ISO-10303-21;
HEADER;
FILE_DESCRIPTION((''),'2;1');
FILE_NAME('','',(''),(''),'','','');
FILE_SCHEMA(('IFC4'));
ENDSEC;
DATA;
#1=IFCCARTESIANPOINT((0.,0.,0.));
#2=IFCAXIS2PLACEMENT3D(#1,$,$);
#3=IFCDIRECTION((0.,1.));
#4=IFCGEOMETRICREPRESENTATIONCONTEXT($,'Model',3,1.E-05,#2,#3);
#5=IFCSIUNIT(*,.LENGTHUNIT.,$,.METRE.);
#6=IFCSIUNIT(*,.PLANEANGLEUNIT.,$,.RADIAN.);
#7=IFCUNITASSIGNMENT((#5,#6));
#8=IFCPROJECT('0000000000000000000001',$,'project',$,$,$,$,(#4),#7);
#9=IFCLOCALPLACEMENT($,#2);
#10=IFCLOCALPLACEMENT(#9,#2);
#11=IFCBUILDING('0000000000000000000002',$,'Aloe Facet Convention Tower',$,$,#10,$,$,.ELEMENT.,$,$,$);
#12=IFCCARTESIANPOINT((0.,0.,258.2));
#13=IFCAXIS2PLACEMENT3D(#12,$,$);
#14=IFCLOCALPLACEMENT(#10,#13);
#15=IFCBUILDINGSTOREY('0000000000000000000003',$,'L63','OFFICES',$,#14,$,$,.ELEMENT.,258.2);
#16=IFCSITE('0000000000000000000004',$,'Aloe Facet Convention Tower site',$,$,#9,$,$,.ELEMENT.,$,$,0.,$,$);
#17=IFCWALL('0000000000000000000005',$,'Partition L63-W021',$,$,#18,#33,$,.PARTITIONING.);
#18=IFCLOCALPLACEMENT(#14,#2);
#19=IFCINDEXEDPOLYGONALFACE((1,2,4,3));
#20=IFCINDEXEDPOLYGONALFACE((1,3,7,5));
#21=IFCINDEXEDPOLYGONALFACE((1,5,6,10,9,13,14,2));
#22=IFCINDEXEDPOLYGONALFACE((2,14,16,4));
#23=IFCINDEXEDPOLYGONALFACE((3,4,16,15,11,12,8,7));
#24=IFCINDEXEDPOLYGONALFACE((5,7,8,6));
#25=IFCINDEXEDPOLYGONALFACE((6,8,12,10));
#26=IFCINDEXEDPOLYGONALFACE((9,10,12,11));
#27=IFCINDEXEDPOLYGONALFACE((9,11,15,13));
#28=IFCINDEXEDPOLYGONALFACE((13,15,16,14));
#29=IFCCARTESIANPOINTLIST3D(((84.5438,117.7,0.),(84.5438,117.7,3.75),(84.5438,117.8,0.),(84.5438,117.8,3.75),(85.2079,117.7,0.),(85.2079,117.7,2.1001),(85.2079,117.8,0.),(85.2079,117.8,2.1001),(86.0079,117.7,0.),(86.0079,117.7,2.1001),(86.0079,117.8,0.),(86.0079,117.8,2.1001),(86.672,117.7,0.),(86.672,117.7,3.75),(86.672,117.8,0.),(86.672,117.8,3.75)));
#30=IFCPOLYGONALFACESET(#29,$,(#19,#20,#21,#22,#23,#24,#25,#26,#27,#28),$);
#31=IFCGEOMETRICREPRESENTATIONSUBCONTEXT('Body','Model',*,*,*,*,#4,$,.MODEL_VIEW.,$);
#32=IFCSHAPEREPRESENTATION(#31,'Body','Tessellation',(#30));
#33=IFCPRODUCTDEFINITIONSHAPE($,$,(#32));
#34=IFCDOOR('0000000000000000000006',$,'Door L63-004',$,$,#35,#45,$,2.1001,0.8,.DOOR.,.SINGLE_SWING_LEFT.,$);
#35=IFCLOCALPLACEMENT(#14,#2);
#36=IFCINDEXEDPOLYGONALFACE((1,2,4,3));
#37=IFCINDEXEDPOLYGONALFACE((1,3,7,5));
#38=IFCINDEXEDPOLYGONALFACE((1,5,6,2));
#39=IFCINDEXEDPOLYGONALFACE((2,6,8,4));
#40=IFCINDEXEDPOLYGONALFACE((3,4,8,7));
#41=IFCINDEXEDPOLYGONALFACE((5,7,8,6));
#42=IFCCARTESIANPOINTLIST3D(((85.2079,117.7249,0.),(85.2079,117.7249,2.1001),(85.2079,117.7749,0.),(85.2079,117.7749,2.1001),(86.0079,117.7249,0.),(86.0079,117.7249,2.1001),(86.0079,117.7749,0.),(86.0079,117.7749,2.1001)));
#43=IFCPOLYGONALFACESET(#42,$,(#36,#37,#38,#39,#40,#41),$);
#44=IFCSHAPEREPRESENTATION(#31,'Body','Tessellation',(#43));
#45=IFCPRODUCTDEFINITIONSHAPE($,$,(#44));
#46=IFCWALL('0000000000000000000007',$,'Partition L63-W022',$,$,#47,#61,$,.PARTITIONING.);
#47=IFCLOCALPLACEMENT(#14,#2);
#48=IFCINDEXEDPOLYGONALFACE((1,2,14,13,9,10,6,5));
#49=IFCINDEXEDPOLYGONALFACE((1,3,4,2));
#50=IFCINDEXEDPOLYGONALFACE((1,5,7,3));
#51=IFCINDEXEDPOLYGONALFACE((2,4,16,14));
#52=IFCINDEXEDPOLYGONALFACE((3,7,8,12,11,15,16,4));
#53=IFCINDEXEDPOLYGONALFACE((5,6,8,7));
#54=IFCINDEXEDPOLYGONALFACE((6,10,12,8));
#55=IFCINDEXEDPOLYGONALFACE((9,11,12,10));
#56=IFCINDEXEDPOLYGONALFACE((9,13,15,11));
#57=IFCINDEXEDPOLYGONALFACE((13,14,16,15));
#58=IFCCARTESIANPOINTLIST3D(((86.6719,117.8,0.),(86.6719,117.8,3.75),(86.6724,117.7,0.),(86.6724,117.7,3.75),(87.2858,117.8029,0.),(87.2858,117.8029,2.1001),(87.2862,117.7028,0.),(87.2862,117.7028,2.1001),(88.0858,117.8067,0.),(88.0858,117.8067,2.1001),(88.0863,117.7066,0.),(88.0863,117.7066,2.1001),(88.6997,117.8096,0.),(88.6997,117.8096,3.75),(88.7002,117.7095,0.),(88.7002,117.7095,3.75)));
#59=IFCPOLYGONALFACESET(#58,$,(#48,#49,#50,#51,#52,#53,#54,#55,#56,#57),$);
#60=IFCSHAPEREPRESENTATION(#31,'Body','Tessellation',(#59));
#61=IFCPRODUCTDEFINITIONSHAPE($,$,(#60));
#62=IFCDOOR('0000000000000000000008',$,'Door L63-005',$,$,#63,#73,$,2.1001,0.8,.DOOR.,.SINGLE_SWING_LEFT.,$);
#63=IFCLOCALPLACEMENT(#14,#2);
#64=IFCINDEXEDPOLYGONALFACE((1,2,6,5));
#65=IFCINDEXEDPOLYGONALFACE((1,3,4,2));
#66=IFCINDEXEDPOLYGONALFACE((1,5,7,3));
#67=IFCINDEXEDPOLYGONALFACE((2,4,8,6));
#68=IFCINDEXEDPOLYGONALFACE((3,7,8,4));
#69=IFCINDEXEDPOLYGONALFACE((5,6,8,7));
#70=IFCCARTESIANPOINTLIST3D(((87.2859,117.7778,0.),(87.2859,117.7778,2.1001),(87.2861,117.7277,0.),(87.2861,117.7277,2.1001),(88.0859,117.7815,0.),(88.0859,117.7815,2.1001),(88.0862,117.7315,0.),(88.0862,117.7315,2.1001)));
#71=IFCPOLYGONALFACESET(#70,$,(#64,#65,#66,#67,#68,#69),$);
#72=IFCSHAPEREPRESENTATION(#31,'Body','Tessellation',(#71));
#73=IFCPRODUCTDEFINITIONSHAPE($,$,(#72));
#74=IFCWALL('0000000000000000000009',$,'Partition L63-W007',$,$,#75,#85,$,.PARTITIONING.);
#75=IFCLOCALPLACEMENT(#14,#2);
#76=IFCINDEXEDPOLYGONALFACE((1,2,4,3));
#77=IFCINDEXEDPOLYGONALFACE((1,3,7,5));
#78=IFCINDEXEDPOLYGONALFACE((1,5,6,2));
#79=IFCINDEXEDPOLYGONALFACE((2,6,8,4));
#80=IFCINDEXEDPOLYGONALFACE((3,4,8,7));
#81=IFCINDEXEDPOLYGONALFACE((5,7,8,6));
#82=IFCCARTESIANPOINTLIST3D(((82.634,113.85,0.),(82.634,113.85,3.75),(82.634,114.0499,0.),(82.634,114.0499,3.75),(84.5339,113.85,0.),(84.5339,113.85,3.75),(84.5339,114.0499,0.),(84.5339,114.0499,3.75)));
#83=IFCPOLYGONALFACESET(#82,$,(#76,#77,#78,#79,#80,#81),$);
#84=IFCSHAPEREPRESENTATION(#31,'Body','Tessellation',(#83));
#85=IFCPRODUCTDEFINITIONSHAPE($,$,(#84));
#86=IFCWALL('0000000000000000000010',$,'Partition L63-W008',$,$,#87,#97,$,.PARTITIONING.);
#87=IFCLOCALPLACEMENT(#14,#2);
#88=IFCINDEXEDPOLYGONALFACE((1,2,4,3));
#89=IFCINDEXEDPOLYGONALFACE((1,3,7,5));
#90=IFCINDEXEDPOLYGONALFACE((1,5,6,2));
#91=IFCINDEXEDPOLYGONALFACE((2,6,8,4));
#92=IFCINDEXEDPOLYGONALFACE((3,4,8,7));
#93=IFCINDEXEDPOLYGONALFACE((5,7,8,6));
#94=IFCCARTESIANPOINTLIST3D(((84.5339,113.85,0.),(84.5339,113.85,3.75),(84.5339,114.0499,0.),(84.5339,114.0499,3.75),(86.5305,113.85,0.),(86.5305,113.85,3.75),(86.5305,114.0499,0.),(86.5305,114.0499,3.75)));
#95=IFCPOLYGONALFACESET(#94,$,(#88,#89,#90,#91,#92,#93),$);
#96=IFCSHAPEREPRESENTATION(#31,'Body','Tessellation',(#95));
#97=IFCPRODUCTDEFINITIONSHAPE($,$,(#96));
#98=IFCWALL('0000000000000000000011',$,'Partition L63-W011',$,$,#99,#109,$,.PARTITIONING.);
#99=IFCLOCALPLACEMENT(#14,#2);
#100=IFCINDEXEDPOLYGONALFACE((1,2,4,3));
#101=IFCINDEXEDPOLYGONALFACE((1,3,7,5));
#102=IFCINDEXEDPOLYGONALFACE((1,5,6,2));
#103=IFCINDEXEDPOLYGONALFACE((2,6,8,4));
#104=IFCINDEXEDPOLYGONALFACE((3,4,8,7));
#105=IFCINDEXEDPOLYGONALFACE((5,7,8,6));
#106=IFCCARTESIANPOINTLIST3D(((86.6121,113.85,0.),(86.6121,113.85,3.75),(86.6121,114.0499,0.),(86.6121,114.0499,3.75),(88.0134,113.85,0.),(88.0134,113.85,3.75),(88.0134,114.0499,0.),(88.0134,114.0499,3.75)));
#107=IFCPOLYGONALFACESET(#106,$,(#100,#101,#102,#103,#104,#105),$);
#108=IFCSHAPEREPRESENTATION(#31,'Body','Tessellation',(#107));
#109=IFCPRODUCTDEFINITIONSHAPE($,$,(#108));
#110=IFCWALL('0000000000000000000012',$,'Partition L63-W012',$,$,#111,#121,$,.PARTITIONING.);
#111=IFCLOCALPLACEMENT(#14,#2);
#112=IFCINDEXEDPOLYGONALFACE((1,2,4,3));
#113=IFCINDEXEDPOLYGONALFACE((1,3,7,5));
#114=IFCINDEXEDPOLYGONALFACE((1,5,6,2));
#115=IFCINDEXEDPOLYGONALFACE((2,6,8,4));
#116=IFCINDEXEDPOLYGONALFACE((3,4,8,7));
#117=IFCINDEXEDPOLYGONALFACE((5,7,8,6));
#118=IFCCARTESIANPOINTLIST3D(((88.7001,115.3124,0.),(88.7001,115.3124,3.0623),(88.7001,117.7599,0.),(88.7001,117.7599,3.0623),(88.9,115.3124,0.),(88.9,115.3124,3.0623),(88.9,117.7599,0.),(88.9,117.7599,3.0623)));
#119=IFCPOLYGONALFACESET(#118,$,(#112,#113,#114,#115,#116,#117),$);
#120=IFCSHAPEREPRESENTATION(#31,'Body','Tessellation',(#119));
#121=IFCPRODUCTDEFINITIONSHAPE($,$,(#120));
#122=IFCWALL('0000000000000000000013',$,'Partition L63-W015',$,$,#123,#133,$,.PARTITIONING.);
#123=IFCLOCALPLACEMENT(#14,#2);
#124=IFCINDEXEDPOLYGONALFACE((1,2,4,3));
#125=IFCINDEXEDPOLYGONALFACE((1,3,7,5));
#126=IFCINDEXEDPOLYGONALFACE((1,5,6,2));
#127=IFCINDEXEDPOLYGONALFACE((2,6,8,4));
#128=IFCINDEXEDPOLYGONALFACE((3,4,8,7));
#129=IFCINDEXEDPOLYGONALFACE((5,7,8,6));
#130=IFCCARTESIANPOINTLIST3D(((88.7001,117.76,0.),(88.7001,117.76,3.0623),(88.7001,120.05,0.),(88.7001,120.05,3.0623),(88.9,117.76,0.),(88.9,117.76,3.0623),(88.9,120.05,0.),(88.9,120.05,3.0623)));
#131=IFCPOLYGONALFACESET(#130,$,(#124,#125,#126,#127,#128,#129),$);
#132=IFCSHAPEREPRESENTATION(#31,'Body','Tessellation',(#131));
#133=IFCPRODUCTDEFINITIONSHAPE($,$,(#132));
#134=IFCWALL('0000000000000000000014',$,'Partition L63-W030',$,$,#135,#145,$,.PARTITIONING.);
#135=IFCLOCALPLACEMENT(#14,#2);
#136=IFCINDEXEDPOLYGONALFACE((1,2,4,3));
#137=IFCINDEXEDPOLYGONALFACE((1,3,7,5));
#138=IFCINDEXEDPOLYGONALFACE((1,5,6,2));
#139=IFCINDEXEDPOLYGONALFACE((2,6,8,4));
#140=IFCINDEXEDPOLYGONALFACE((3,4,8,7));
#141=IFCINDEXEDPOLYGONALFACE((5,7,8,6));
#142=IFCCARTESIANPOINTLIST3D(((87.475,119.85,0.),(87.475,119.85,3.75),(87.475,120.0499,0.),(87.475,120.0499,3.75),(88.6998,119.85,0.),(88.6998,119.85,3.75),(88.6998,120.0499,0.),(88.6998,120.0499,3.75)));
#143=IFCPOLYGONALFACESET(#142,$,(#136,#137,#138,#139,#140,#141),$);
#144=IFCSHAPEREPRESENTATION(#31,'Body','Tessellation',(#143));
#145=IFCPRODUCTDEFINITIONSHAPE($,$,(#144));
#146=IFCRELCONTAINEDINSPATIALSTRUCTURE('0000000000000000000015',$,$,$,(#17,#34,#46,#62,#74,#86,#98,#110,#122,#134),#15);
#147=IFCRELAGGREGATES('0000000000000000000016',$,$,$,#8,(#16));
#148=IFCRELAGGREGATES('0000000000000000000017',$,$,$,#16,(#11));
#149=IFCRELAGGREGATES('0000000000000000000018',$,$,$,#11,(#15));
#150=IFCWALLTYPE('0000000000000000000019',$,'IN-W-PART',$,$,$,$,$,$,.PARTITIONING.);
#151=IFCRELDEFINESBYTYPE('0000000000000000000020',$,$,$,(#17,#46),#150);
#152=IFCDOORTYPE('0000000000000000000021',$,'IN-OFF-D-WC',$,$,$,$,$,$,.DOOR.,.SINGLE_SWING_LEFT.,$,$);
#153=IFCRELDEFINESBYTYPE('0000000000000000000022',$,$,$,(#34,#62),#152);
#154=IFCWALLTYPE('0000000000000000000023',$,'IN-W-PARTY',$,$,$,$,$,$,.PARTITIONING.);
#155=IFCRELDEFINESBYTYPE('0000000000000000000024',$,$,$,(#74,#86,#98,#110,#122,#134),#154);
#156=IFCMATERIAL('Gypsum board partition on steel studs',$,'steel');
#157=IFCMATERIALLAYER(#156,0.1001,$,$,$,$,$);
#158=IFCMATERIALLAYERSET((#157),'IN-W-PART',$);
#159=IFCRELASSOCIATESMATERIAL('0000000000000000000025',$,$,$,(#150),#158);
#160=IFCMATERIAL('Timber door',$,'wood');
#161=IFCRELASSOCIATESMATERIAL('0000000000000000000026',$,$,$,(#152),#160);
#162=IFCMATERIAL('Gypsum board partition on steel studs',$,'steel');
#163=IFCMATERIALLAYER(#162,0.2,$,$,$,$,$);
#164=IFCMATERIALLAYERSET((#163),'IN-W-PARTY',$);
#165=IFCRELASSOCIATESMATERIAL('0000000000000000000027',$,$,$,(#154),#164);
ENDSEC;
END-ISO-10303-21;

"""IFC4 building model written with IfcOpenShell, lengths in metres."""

from ifc_helpers import new_model, si_unit, direction, frame, frame_2d, origin, place, context, subcontext, project, spatial, rectangle, extrude, material, layer, layer_set, type_object, element, fill, save


model = new_model("IFC4")

# Units and contexts
model_context = context("Model", 3, precision=1e-05, world=origin(), true_north=direction((0.0, 1.0)))
body_context = subcontext(model_context, "Body", "Model", "MODEL_VIEW")
ifc_project = project(units=[si_unit("LENGTHUNIT", "METRE"), si_unit("PLANEANGLEUNIT", "RADIAN")], contexts=[model_context])

# Site, building, storey
site_placement = place(None, origin())
site = spatial("IfcSite", under=ifc_project, at=site_placement, Name="Aloe Facet Convention Tower site", CompositionType="ELEMENT", RefElevation=0.0)
building_placement = place(site_placement, origin())
building = spatial("IfcBuilding", under=site, at=building_placement, Name="Aloe Facet Convention Tower", CompositionType="ELEMENT")
storey_placement = place(building_placement, frame((0.0, 0.0, 258.2)))
storey = spatial("IfcBuildingStorey", under=building, at=storey_placement, Name="L63", Description="OFFICES", CompositionType="ELEMENT", Elevation=258.2)

# Shared definitions
ifc_material_1 = material(Name="Gypsum board partition on steel studs", Category="steel")
ifc_layer_1 = layer(ifc_material_1, 0.1001)
ifc_layer_set_1 = layer_set([ifc_layer_1], Name="IN-W-PART")
wall_type_1 = type_object("IfcWallType", Name="IN-W-PART", PredefinedType="PARTITIONING", material=ifc_layer_set_1)

# Walls, openings, doors
wall_1_placement = place(storey_placement, frame((84.5439, 117.75, 0.0), z_axis=(0.0, 0.0, 1.0), x_axis=(1.0, 0.0, 0.0)))
wall_1 = element("IfcWall", 1, at=wall_1_placement, inside=storey, type_object=wall_type_1, Name="Partition L63-W021", PredefinedType="PARTITIONING", context=body_context, shape_type="SweptSolid", body=[
    extrude(rectangle(XDim=2.1282, YDim=0.1001, at=frame_2d((1.064, 0.0))), origin(), (0.0, 0.0, 1.0), 3.75),
])
opening_1_placement = place(wall_1_placement, frame((0.6641, 0.0, 0.0)))
opening_1 = element("IfcOpeningElement", 2, at=opening_1_placement, cuts=wall_1, PredefinedType="OPENING", context=body_context, shape_type="SweptSolid", body=[
    extrude(rectangle(XDim=0.8, YDim=2.1001, at=frame_2d((0.3999, 1.05))), frame((0.0, 0.0601, 0.0), z_axis=(0.0, -1.0, 0.0), x_axis=(1.0, 0.0, 0.0)), (0.0, 0.0, 1.0), 0.1201),
])
ifc_material_2 = material(Name="Timber door", Category="wood")
door_type_1 = type_object("IfcDoorType", Name="IN-OFF-D-WC", OperationType="SINGLE_SWING_LEFT", PredefinedType="DOOR", material=ifc_material_2)
door_1_placement = place(opening_1_placement, origin())
door_1 = element("IfcDoor", 3, at=door_1_placement, inside=storey, type_object=door_type_1, Name="Door L63-004", OperationType="SINGLE_SWING_LEFT", OverallHeight=2.1001, OverallWidth=0.8, PredefinedType="DOOR", context=body_context, shape_type="SweptSolid", body=[
    extrude(rectangle(XDim=0.8, YDim=2.1001, at=frame_2d((0.3999, 1.05))), frame((0.0, 0.0249, 0.0), z_axis=(0.0, -1.0, 0.0), x_axis=(1.0, 0.0, 0.0)), (0.0, 0.0, 1.0), 0.05),
])
fill(opening_1, door_1)
wall_2_placement = place(storey_placement, frame((86.6721, 117.75, 0.0), z_axis=(0.0, 0.0, 1.0), x_axis=(0.999989, 0.004695, 0.0)))
wall_2 = element("IfcWall", 4, at=wall_2_placement, inside=storey, type_object=wall_type_1, Name="Partition L63-W022", PredefinedType="PARTITIONING", context=body_context, shape_type="SweptSolid", body=[
    extrude(rectangle(XDim=2.0278, YDim=0.1001, at=frame_2d((1.0139, 0.0))), origin(), (0.0, 0.0, 1.0), 3.75),
])
opening_2_placement = place(wall_2_placement, frame((0.614, 0.0, 0.0)))
opening_2 = element("IfcOpeningElement", 5, at=opening_2_placement, cuts=wall_2, PredefinedType="OPENING", context=body_context, shape_type="SweptSolid", body=[
    extrude(rectangle(XDim=0.8, YDim=2.1001, at=frame_2d((0.3999, 1.05))), frame((0.0, 0.0601, 0.0), z_axis=(0.0, -1.0, 0.0), x_axis=(1.0, 0.0, 0.0)), (0.0, 0.0, 1.0), 0.1201),
])
door_2_placement = place(opening_2_placement, origin())
door_2 = element("IfcDoor", 6, at=door_2_placement, inside=storey, type_object=door_type_1, Name="Door L63-005", OperationType="SINGLE_SWING_LEFT", OverallHeight=2.1001, OverallWidth=0.8, PredefinedType="DOOR", context=body_context, shape_type="SweptSolid", body=[
    extrude(rectangle(XDim=0.8, YDim=2.1001, at=frame_2d((0.3999, 1.05))), frame((0.0, 0.0249, 0.0), z_axis=(0.0, -1.0, 0.0), x_axis=(1.0, 0.0, 0.0)), (0.0, 0.0, 1.0), 0.05),
])
fill(opening_2, door_2)

# Walls
ifc_material_3 = material(Name="Gypsum board partition on steel studs", Category="steel")
ifc_layer_2 = layer(ifc_material_3, 0.2)
ifc_layer_set_2 = layer_set([ifc_layer_2], Name="IN-W-PARTY")
wall_type_2 = type_object("IfcWallType", Name="IN-W-PARTY", PredefinedType="PARTITIONING", material=ifc_layer_set_2)
wall_3_placement = place(storey_placement, frame((82.634, 113.95, 0.0), z_axis=(0.0, 0.0, 1.0), x_axis=(1.0, 0.0, 0.0)))
element("IfcWall", 7, at=wall_3_placement, inside=storey, type_object=wall_type_2, Name="Partition L63-W007", PredefinedType="PARTITIONING", context=body_context, shape_type="SweptSolid", body=[
    extrude(rectangle(XDim=1.8999, YDim=0.2, at=frame_2d((0.95, 0.0))), origin(), (0.0, 0.0, 1.0), 3.75),
])
wall_4_placement = place(storey_placement, frame((84.5339, 113.95, 0.0), z_axis=(0.0, 0.0, 1.0), x_axis=(1.0, 0.0, 0.0)))
element("IfcWall", 8, at=wall_4_placement, inside=storey, type_object=wall_type_2, Name="Partition L63-W008", PredefinedType="PARTITIONING", context=body_context, shape_type="SweptSolid", body=[
    extrude(rectangle(XDim=1.9966, YDim=0.2, at=frame_2d((0.9983, 0.0))), origin(), (0.0, 0.0, 1.0), 3.75),
])
wall_5_placement = place(storey_placement, frame((86.6121, 113.95, 0.0), z_axis=(0.0, 0.0, 1.0), x_axis=(1.0, 0.0, 0.0)))
element("IfcWall", 9, at=wall_5_placement, inside=storey, type_object=wall_type_2, Name="Partition L63-W011", PredefinedType="PARTITIONING", context=body_context, shape_type="SweptSolid", body=[
    extrude(rectangle(XDim=1.4014, YDim=0.2, at=frame_2d((0.7007, 0.0))), origin(), (0.0, 0.0, 1.0), 3.75),
])
wall_6_placement = place(storey_placement, frame((88.8, 115.3125, 0.0), z_axis=(0.0, 0.0, 1.0), x_axis=(0.0, 1.0, 0.0)))
element("IfcWall", 10, at=wall_6_placement, inside=storey, type_object=wall_type_2, Name="Partition L63-W012", PredefinedType="PARTITIONING", context=body_context, shape_type="SweptSolid", body=[
    extrude(rectangle(XDim=2.4475, YDim=0.2, at=frame_2d((1.2236, 0.0))), origin(), (0.0, 0.0, 1.0), 3.0623),
])
wall_7_placement = place(storey_placement, frame((88.8, 117.76, 0.0), z_axis=(0.0, 0.0, 1.0), x_axis=(0.0, 1.0, 0.0)))
element("IfcWall", 11, at=wall_7_placement, inside=storey, type_object=wall_type_2, Name="Partition L63-W015", PredefinedType="PARTITIONING", context=body_context, shape_type="SweptSolid", body=[
    extrude(rectangle(XDim=2.29, YDim=0.2, at=frame_2d((1.145, 0.0))), origin(), (0.0, 0.0, 1.0), 3.0623),
])
wall_8_placement = place(storey_placement, frame((87.4751, 119.95, 0.0), z_axis=(0.0, 0.0, 1.0), x_axis=(1.0, 0.0, 0.0)))
element("IfcWall", 12, at=wall_8_placement, inside=storey, type_object=wall_type_2, Name="Partition L63-W030", PredefinedType="PARTITIONING", context=body_context, shape_type="SweptSolid", body=[
    extrude(rectangle(XDim=1.2249, YDim=0.2, at=frame_2d((0.6123, 0.0))), origin(), (0.0, 0.0, 1.0), 3.75),
])

save(model, "model.ifc")
